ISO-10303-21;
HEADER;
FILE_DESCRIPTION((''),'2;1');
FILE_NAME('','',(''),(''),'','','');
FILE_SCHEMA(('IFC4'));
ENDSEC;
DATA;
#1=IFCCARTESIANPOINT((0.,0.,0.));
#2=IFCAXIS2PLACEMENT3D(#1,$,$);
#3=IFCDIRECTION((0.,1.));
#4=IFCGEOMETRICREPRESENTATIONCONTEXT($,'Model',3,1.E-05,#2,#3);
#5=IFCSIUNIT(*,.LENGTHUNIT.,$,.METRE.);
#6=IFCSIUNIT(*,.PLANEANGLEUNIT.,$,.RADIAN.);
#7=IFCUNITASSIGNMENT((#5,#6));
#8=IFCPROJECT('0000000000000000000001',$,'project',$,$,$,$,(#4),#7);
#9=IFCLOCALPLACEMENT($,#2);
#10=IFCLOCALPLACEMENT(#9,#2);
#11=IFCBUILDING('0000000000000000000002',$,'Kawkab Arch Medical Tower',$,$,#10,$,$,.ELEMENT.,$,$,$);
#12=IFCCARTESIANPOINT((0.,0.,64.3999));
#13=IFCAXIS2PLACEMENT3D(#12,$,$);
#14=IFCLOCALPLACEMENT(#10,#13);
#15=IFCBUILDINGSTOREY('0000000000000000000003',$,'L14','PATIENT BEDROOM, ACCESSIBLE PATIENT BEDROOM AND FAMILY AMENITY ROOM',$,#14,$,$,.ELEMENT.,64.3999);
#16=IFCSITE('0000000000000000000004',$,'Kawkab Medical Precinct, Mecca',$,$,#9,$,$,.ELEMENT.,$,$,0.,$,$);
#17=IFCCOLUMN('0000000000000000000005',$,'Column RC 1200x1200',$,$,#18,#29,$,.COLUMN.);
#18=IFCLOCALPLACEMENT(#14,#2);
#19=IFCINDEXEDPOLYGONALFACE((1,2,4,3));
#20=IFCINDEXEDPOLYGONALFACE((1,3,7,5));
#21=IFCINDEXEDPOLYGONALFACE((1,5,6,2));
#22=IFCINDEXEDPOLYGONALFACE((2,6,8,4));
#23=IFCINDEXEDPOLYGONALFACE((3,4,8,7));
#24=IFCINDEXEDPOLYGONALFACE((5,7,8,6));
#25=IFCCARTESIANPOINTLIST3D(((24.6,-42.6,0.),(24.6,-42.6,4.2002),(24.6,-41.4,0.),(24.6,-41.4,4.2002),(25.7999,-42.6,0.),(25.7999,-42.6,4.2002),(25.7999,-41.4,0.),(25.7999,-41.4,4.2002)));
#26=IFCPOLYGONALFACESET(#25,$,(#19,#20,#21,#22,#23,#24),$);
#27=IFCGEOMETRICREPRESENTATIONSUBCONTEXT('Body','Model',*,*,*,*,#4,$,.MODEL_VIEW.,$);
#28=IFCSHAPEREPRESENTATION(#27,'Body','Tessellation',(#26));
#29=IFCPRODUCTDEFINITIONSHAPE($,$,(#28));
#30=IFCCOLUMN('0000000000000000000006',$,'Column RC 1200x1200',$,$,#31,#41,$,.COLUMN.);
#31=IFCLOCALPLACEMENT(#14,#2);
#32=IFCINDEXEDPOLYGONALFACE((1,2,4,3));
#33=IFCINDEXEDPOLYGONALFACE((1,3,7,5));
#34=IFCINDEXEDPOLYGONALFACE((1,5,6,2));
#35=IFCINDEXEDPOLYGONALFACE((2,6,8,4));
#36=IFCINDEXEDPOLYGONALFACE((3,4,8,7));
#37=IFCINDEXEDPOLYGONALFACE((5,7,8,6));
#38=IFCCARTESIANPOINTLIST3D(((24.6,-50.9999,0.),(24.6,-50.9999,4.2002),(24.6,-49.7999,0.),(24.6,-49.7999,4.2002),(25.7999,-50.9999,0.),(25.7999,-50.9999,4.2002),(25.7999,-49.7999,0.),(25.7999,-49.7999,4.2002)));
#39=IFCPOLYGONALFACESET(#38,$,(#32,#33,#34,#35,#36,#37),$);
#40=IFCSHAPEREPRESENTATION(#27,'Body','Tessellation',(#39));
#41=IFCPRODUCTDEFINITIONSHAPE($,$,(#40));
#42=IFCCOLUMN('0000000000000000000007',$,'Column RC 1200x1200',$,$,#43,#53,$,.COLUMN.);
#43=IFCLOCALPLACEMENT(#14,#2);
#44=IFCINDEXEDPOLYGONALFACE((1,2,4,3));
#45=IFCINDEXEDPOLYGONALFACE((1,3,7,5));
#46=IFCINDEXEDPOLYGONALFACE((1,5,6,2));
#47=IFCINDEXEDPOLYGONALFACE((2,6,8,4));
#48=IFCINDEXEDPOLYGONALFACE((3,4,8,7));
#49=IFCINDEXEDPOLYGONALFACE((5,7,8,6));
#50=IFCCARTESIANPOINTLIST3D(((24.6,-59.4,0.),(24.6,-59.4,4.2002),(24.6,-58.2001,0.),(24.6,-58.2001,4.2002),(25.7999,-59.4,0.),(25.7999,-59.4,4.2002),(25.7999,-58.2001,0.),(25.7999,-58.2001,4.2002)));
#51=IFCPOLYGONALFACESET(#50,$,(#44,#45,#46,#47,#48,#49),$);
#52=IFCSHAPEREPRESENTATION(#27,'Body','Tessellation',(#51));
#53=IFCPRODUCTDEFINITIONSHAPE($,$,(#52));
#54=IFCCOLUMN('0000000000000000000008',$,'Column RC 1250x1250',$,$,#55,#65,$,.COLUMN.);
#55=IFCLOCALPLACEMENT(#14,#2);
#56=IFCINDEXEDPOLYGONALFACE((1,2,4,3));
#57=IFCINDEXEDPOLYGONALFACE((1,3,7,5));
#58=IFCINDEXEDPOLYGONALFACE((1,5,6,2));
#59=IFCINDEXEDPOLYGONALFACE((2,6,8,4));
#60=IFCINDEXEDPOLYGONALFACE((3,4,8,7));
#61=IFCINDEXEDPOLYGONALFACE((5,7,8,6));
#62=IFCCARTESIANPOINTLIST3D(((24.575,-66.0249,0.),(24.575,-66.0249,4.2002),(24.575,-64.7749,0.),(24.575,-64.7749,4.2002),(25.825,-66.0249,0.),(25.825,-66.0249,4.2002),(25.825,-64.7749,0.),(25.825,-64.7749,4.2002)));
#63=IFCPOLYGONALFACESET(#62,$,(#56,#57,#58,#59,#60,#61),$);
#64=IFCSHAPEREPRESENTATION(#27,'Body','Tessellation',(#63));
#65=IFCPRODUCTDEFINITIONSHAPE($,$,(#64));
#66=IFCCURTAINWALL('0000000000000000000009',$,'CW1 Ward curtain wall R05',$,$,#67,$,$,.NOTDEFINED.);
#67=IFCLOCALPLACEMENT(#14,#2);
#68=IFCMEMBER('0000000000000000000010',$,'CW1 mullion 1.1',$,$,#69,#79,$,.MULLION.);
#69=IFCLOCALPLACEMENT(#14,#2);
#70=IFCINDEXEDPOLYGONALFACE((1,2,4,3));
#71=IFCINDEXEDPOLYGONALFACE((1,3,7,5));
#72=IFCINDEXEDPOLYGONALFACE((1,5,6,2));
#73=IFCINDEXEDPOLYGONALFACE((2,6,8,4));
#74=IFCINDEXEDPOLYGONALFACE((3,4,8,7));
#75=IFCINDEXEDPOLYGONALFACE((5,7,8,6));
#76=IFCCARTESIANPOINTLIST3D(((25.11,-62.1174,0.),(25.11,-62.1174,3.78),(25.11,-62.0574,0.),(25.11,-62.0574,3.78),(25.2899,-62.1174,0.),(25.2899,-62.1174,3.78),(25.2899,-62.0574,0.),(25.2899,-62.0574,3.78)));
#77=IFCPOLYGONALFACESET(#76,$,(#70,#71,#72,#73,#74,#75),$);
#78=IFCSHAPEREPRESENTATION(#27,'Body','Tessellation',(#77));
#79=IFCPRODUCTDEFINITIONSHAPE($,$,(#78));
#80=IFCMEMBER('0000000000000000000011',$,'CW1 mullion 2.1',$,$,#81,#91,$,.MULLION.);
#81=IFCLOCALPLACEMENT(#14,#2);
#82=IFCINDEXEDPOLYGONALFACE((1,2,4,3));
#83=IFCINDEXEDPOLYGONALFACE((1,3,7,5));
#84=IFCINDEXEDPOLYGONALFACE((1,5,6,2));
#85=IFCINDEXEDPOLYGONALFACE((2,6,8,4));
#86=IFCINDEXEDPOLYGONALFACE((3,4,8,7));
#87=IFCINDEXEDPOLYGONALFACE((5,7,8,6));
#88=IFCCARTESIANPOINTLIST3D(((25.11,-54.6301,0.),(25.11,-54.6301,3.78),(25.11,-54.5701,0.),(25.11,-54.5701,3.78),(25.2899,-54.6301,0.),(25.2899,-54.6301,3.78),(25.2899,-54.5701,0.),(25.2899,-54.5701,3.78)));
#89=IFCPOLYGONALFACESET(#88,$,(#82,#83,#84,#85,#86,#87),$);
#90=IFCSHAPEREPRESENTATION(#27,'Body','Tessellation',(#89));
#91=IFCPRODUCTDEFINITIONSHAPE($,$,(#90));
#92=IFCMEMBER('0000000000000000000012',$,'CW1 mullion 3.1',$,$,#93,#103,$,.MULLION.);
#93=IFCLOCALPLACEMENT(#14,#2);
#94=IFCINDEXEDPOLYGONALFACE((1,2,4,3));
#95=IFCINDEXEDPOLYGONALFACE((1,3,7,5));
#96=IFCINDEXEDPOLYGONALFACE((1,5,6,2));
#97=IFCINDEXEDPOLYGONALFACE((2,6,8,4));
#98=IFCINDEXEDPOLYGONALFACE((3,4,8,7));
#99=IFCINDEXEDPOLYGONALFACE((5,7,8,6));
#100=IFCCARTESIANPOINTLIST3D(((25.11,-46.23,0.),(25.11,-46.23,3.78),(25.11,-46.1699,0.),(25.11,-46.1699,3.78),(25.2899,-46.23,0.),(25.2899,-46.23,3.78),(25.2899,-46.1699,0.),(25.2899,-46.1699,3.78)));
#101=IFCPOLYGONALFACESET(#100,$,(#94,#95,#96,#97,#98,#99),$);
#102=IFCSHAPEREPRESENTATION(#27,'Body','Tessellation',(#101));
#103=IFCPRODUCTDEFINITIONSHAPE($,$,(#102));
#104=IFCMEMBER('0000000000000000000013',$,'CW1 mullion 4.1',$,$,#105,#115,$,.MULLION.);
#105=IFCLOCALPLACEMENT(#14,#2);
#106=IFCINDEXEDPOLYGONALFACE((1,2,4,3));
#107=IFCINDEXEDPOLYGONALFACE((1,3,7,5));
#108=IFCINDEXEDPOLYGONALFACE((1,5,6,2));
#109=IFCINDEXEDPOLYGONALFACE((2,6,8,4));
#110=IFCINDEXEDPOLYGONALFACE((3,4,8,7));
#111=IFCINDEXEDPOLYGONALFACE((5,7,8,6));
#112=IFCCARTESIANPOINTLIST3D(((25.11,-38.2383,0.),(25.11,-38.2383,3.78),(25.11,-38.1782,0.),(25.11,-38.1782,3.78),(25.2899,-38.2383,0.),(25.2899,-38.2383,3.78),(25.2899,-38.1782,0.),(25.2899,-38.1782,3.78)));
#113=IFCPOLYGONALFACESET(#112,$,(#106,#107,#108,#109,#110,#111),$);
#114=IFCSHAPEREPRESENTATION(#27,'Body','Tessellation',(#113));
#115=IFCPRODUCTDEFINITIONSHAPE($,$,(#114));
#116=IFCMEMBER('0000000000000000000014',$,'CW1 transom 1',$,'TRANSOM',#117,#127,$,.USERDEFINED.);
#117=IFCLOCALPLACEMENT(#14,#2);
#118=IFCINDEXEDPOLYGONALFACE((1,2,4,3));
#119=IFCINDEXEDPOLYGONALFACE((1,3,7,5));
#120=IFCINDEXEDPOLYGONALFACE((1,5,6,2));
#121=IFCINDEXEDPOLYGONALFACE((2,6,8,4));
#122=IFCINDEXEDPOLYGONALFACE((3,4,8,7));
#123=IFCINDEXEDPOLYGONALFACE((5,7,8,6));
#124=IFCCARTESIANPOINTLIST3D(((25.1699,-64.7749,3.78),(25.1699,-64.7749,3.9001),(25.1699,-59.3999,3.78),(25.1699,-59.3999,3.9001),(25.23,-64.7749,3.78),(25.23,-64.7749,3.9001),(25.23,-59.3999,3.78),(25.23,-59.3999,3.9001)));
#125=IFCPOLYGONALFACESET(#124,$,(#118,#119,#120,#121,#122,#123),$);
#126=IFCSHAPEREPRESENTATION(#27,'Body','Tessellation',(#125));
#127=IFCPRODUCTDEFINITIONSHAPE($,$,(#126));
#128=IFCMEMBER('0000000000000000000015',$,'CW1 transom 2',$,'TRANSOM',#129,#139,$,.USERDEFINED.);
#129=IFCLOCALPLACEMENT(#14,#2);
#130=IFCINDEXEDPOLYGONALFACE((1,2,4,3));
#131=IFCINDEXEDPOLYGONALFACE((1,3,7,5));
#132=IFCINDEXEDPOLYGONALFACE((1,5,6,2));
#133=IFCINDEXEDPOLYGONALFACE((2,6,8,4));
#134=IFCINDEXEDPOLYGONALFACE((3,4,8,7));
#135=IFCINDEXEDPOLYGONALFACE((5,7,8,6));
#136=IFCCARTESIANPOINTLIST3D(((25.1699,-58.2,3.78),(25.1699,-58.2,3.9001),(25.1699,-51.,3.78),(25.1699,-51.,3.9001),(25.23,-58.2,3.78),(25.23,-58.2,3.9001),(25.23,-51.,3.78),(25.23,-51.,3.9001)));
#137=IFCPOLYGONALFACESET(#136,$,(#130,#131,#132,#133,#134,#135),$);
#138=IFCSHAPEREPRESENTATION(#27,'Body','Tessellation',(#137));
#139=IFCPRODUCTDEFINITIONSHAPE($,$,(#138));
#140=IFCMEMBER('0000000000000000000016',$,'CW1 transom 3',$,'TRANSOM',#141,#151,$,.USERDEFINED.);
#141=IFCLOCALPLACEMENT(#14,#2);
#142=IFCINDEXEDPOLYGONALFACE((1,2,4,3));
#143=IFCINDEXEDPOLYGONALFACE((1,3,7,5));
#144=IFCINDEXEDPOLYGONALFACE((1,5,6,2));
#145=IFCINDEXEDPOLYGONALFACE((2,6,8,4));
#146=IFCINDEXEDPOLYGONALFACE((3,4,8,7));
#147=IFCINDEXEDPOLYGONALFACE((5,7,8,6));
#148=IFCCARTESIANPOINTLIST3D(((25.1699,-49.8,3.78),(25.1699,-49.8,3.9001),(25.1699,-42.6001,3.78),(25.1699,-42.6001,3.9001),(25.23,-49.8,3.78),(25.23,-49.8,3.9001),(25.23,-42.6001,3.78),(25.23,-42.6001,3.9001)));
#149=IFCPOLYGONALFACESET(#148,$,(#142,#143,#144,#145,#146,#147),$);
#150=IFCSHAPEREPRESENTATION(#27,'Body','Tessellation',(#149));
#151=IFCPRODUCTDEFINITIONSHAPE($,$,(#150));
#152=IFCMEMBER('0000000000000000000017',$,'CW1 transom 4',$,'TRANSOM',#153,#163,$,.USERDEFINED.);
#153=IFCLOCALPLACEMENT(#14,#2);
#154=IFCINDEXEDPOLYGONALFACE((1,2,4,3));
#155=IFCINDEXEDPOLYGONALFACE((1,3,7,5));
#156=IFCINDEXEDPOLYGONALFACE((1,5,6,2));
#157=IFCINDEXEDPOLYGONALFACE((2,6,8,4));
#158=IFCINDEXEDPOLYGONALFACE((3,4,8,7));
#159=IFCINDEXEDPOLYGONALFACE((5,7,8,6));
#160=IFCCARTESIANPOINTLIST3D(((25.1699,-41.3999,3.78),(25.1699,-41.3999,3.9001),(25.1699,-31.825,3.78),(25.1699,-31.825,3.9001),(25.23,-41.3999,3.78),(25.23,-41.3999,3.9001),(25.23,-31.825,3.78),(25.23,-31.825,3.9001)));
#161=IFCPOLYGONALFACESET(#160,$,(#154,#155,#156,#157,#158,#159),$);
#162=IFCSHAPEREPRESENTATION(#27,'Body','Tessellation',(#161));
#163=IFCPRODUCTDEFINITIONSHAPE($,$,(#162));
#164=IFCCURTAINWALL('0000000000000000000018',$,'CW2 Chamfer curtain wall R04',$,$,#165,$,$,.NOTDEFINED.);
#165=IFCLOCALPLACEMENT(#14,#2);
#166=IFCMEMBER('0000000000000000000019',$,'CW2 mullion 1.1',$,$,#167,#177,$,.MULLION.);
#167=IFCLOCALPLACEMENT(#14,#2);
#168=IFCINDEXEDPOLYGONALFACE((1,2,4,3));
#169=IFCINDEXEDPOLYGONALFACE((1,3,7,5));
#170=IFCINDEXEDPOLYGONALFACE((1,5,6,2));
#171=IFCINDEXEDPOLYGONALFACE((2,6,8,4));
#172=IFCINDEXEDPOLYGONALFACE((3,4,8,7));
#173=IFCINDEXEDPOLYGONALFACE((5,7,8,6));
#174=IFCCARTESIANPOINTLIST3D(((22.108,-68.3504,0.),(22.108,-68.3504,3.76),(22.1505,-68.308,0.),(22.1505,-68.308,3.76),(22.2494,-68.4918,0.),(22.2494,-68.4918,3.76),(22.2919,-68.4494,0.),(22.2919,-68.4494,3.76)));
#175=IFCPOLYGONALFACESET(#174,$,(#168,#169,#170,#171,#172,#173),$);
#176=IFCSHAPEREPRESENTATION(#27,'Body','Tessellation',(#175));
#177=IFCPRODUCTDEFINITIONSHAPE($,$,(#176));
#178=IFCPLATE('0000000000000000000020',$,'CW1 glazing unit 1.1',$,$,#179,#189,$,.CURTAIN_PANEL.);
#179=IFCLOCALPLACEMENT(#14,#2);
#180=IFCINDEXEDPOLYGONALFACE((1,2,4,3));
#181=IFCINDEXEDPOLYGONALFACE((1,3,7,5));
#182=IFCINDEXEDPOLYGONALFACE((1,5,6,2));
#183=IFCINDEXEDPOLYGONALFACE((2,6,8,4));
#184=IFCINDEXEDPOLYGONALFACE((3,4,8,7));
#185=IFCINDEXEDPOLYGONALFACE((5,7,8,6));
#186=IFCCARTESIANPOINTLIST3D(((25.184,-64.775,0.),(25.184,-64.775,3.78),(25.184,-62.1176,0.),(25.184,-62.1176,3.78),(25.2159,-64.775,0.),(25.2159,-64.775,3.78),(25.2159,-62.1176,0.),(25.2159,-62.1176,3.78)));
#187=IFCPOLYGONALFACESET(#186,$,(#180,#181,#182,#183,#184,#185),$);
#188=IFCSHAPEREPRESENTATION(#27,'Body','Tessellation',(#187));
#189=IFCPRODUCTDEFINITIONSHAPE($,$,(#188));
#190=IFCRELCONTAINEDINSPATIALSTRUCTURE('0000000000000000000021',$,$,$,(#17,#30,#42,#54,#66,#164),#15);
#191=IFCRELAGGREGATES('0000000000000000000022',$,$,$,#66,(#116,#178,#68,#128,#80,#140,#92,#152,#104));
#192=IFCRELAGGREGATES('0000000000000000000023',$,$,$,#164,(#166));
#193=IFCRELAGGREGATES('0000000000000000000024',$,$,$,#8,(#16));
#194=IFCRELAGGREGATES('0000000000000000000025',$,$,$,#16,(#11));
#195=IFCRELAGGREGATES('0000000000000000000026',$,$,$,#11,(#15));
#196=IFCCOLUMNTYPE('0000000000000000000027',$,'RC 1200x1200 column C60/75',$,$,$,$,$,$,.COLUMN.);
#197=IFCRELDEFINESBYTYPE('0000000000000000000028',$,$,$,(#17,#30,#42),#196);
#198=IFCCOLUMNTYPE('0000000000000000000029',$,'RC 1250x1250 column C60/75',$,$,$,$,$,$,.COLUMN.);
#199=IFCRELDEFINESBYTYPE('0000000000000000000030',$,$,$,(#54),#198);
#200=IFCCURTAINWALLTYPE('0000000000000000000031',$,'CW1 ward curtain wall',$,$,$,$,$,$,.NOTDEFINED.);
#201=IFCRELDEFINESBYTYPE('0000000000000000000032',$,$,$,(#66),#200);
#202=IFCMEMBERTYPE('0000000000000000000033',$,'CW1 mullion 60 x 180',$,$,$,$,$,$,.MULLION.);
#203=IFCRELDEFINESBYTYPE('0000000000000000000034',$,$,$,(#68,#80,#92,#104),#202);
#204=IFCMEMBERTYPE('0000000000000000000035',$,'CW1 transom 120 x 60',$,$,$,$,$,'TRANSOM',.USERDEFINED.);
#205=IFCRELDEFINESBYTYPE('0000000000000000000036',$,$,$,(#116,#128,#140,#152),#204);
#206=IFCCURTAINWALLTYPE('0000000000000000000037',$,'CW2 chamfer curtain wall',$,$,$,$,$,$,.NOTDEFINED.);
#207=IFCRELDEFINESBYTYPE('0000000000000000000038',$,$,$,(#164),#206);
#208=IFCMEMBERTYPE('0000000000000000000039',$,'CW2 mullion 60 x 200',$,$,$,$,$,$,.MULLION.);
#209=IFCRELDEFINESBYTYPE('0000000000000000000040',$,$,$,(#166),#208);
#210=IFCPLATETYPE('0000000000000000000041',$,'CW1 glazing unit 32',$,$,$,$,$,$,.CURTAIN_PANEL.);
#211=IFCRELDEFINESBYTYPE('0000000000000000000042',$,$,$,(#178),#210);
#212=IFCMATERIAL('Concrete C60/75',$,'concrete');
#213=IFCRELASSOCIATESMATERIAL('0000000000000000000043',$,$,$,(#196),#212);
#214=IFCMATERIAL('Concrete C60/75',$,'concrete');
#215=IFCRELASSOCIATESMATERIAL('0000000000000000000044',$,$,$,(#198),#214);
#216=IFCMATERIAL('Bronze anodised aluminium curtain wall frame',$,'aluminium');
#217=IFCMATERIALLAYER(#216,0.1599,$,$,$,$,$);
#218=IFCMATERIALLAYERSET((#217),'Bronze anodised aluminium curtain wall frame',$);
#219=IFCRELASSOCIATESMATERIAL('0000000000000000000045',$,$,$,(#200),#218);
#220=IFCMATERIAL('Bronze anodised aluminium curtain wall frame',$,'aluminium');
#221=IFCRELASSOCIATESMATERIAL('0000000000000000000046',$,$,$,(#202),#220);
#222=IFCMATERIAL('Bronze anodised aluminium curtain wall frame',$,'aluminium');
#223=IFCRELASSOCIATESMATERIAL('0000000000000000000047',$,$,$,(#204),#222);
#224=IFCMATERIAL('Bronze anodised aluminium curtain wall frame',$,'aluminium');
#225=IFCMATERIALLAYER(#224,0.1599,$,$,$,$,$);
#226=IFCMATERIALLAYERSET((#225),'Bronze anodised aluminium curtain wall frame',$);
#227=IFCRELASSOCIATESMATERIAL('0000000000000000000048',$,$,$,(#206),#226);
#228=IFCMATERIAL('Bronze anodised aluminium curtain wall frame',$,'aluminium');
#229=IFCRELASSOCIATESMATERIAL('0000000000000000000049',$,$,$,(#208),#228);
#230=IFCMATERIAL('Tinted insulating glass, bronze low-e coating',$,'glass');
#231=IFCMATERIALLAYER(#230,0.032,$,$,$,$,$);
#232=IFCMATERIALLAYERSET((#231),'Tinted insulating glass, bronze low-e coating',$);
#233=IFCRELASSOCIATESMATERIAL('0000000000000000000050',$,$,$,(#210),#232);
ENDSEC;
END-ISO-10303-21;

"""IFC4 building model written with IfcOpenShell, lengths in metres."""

from ifc_helpers import new_model, si_unit, direction, frame, origin, origin_2d, place, context, subcontext, project, spatial, rectangle, extrude, material, layer, layer_set, material_profile, profile_set, type_object, element, aggregate, save


model = new_model("IFC4")

# Units and contexts
model_context = context("Model", 3, precision=1e-05, world=origin(), true_north=direction((0.0, 1.0)))
body_context = subcontext(model_context, "Body", "Model", "MODEL_VIEW")
ifc_project = project(units=[si_unit("LENGTHUNIT", "METRE"), si_unit("PLANEANGLEUNIT", "RADIAN")], contexts=[model_context])

# Site, building, storey
site_placement = place(None, origin())
site = spatial("IfcSite", under=ifc_project, at=site_placement, Name="Kawkab Medical Precinct, Mecca", CompositionType="ELEMENT", RefElevation=0.0)
building_placement = place(site_placement, origin())
building = spatial("IfcBuilding", under=site, at=building_placement, Name="Kawkab Arch Medical Tower", CompositionType="ELEMENT")
storey_placement = place(building_placement, frame((0.0, 0.0, 64.3999)))
storey = spatial("IfcBuildingStorey", under=building, at=storey_placement, Name="L14", Description="PATIENT BEDROOM, ACCESSIBLE PATIENT BEDROOM AND FAMILY AMENITY ROOM", CompositionType="ELEMENT", Elevation=64.3999)

# Columns
ifc_material_1 = material(Name="Concrete C60/75", Category="concrete")
ifc_material_profile_1 = material_profile(ifc_material_1, rectangle(XDim=1.2, YDim=1.2, at=origin_2d()), Name="RC 1200x1200")
ifc_profile_set_1 = profile_set([ifc_material_profile_1], Name="Concrete C60/75")
column_type_1 = type_object("IfcColumnType", Name="RC 1200x1200 column C60/75", PredefinedType="COLUMN", material=ifc_profile_set_1)
for number, where, z_axis, x_axis, name in (
    (1, (25.2, -42.0, 0.0), (0.0, 0.0, 1.0), (1.0, 0.0, 0.0), "Column RC 1200x1200"),
    (2, (25.2, -50.3999, 0.0), (0.0, 0.0, 1.0), (1.0, 0.0, 0.0), "Column RC 1200x1200"),
    (3, (25.2, -58.8, 0.0), (0.0, 0.0, 1.0), (1.0, 0.0, 0.0), "Column RC 1200x1200"),
):
    element("IfcColumn", number, at=place(storey_placement, frame(where, z_axis=z_axis, x_axis=x_axis)), inside=storey, type_object=column_type_1, Name=name, PredefinedType="COLUMN", context=body_context, shape_type="SweptSolid", body=[
        extrude(rectangle(XDim=1.2, YDim=1.2, at=origin_2d()), origin(), (0.0, 0.0, 1.0), 4.2002),
    ])
ifc_material_2 = material(Name="Concrete C60/75", Category="concrete")
ifc_material_profile_2 = material_profile(ifc_material_2, rectangle(XDim=1.25, YDim=1.25, at=origin_2d()), Name="RC 1250x1250")
ifc_profile_set_2 = profile_set([ifc_material_profile_2], Name="Concrete C60/75")
column_type_2 = type_object("IfcColumnType", Name="RC 1250x1250 column C60/75", PredefinedType="COLUMN", material=ifc_profile_set_2)
column_placement = place(storey_placement, frame((25.2, -65.3999, 0.0), z_axis=(0.0, 0.0, 1.0), x_axis=(1.0, 0.0, 0.0)))
element("IfcColumn", 4, at=column_placement, inside=storey, type_object=column_type_2, Name="Column RC 1250x1250", PredefinedType="COLUMN", context=body_context, shape_type="SweptSolid", body=[
    extrude(rectangle(XDim=1.25, YDim=1.25, at=origin_2d()), origin(), (0.0, 0.0, 1.0), 4.2002),
])

# Curtain wall, members
ifc_material_3 = material(Name="Bronze anodised aluminium curtain wall frame", Category="aluminium")
ifc_layer_1 = layer(ifc_material_3, 0.1599)
ifc_layer_set_1 = layer_set([ifc_layer_1], Name="Bronze anodised aluminium curtain wall frame")
curtain_wall_type_1 = type_object("IfcCurtainWallType", Name="CW1 ward curtain wall", PredefinedType="NOTDEFINED", material=ifc_layer_set_1)
placement = place(storey_placement, origin())
curtain_wall_1 = element("IfcCurtainWall", 5, at=placement, inside=storey, type_object=curtain_wall_type_1, Name="CW1 Ward curtain wall R05", PredefinedType="NOTDEFINED")
ifc_material_4 = material(Name="Bronze anodised aluminium curtain wall frame", Category="aluminium")
ifc_material_profile_3 = material_profile(ifc_material_4, rectangle(XDim=0.1799, YDim=0.0601, at=origin_2d()), Name="AL 60x180")
ifc_profile_set_3 = profile_set([ifc_material_profile_3], Name="Bronze anodised aluminium curtain wall frame")
member_type_1 = type_object("IfcMemberType", Name="CW1 mullion 60 x 180", PredefinedType="MULLION", material=ifc_profile_set_3)
member_1_placement = place(storey_placement, frame((25.2, -62.0874, 0.0), z_axis=(0.0, 0.0, 1.0), x_axis=(-1.0, 0.0, 0.0)))
member_1 = element("IfcMember", 6, at=member_1_placement, type_object=member_type_1, Name="CW1 mullion 1.1", PredefinedType="MULLION", context=body_context, shape_type="SweptSolid", body=[
    extrude(rectangle(XDim=0.1799, YDim=0.0601, at=origin_2d()), origin(), (0.0, 0.0, 1.0), 3.78),
])
member_2_placement = place(storey_placement, frame((25.2, -54.6001, 0.0), z_axis=(0.0, 0.0, 1.0), x_axis=(-1.0, 0.0, 0.0)))
member_2 = element("IfcMember", 7, at=member_2_placement, type_object=member_type_1, Name="CW1 mullion 2.1", PredefinedType="MULLION", context=body_context, shape_type="SweptSolid", body=[
    extrude(rectangle(XDim=0.1799, YDim=0.0601, at=origin_2d()), origin(), (0.0, 0.0, 1.0), 3.78),
])
member_3_placement = place(storey_placement, frame((25.2, -46.2, 0.0), z_axis=(0.0, 0.0, 1.0), x_axis=(-1.0, 0.0, 0.0)))
member_3 = element("IfcMember", 8, at=member_3_placement, type_object=member_type_1, Name="CW1 mullion 3.1", PredefinedType="MULLION", context=body_context, shape_type="SweptSolid", body=[
    extrude(rectangle(XDim=0.1799, YDim=0.0601, at=origin_2d()), origin(), (0.0, 0.0, 1.0), 3.78),
])
member_4_placement = place(storey_placement, frame((25.2, -38.2083, 0.0), z_axis=(0.0, 0.0, 1.0), x_axis=(-1.0, 0.0, 0.0)))
member_4 = element("IfcMember", 9, at=member_4_placement, type_object=member_type_1, Name="CW1 mullion 4.1", PredefinedType="MULLION", context=body_context, shape_type="SweptSolid", body=[
    extrude(rectangle(XDim=0.1799, YDim=0.0601, at=origin_2d()), origin(), (0.0, 0.0, 1.0), 3.78),
])
ifc_material_5 = material(Name="Bronze anodised aluminium curtain wall frame", Category="aluminium")
ifc_material_profile_4 = material_profile(ifc_material_5, rectangle(XDim=0.0601, YDim=0.1201, at=origin_2d()), Name="AL 60x120")
ifc_profile_set_4 = profile_set([ifc_material_profile_4], Name="Bronze anodised aluminium curtain wall frame")
member_type_2 = type_object("IfcMemberType", Name="CW1 transom 120 x 60", ElementType="TRANSOM", PredefinedType="USERDEFINED", material=ifc_profile_set_4)
member_5_placement = place(storey_placement, frame((25.2, -64.7749, 3.8401), z_axis=(0.0, 1.0, 0.0), x_axis=(-1.0, 0.0, 0.0)))
member_5 = element("IfcMember", 10, at=member_5_placement, type_object=member_type_2, Name="CW1 transom 1", ObjectType="TRANSOM", PredefinedType="USERDEFINED", context=body_context, shape_type="SweptSolid", body=[
    extrude(rectangle(XDim=0.0601, YDim=0.1201, at=origin_2d()), origin(), (0.0, 0.0, 1.0), 5.375),
])
member_6_placement = place(storey_placement, frame((25.2, -58.2, 3.8401), z_axis=(0.0, 1.0, 0.0), x_axis=(-1.0, 0.0, 0.0)))
member_6 = element("IfcMember", 11, at=member_6_placement, type_object=member_type_2, Name="CW1 transom 2", ObjectType="TRANSOM", PredefinedType="USERDEFINED", context=body_context, shape_type="SweptSolid", body=[
    extrude(rectangle(XDim=0.0601, YDim=0.1201, at=origin_2d()), origin(), (0.0, 0.0, 1.0), 7.2),
])
member_7_placement = place(storey_placement, frame((25.2, -49.8, 3.8401), z_axis=(0.0, 1.0, 0.0), x_axis=(-1.0, 0.0, 0.0)))
member_7 = element("IfcMember", 12, at=member_7_placement, type_object=member_type_2, Name="CW1 transom 3", ObjectType="TRANSOM", PredefinedType="USERDEFINED", context=body_context, shape_type="SweptSolid", body=[
    extrude(rectangle(XDim=0.0601, YDim=0.1201, at=origin_2d()), origin(), (0.0, 0.0, 1.0), 7.2),
])
member_8_placement = place(storey_placement, frame((25.2, -41.3999, 3.8401), z_axis=(0.0, 1.0, 0.0), x_axis=(-1.0, 0.0, 0.0)))
member_8 = element("IfcMember", 13, at=member_8_placement, type_object=member_type_2, Name="CW1 transom 4", ObjectType="TRANSOM", PredefinedType="USERDEFINED", context=body_context, shape_type="SweptSolid", body=[
    extrude(rectangle(XDim=0.0601, YDim=0.1201, at=origin_2d()), origin(), (0.0, 0.0, 1.0), 9.575),
])

# Curtain wall, member
ifc_material_6 = material(Name="Bronze anodised aluminium curtain wall frame", Category="aluminium")
ifc_layer_2 = layer(ifc_material_6, 0.1599)
ifc_layer_set_2 = layer_set([ifc_layer_2], Name="Bronze anodised aluminium curtain wall frame")
curtain_wall_type_2 = type_object("IfcCurtainWallType", Name="CW2 chamfer curtain wall", PredefinedType="NOTDEFINED", material=ifc_layer_set_2)
curtain_wall_2 = element("IfcCurtainWall", 14, at=placement, inside=storey, type_object=curtain_wall_type_2, Name="CW2 Chamfer curtain wall R04", PredefinedType="NOTDEFINED")
ifc_material_7 = material(Name="Bronze anodised aluminium curtain wall frame", Category="aluminium")
ifc_material_profile_5 = material_profile(ifc_material_7, rectangle(XDim=0.2, YDim=0.0601, at=origin_2d()), Name="AL 60x200")
ifc_profile_set_5 = profile_set([ifc_material_profile_5], Name="Bronze anodised aluminium curtain wall frame")
member_type_3 = type_object("IfcMemberType", Name="CW2 mullion 60 x 200", PredefinedType="MULLION", material=ifc_profile_set_5)
member_9_placement = place(storey_placement, frame((22.2, -68.3999, 0.0), z_axis=(0.0, 0.0, 1.0), x_axis=(-0.707107, 0.707107, 0.0)))
member_9 = element("IfcMember", 15, at=member_9_placement, type_object=member_type_3, Name="CW2 mullion 1.1", PredefinedType="MULLION", context=body_context, shape_type="SweptSolid", body=[
    extrude(rectangle(XDim=0.2, YDim=0.0601, at=origin_2d()), origin(), (0.0, 0.0, 1.0), 3.76),
])

# Plate
ifc_material_8 = material(Name="Tinted insulating glass, bronze low-e coating", Category="glass")
ifc_layer_3 = layer(ifc_material_8, 0.032)
ifc_layer_set_3 = layer_set([ifc_layer_3], Name="Tinted insulating glass, bronze low-e coating")
plate_type_1 = type_object("IfcPlateType", Name="CW1 glazing unit 32", PredefinedType="CURTAIN_PANEL", material=ifc_layer_set_3)
plate_1_placement = place(storey_placement, frame((25.2, -63.4463, 0.0), z_axis=(0.0, 0.0, 1.0), x_axis=(0.0, 1.0, 0.0)))
plate_1 = element("IfcPlate", 16, at=plate_1_placement, type_object=plate_type_1, Name="CW1 glazing unit 1.1", PredefinedType="CURTAIN_PANEL", context=body_context, shape_type="SweptSolid", body=[
    extrude(rectangle(XDim=2.6575, YDim=0.032, at=origin_2d()), origin(), (0.0, 0.0, 1.0), 3.78),
])
aggregate(curtain_wall_1, [member_5, plate_1, member_1, member_6, member_2, member_7, member_3, member_8, member_4])
aggregate(curtain_wall_2, [member_9])

save(model, "model.ifc")
